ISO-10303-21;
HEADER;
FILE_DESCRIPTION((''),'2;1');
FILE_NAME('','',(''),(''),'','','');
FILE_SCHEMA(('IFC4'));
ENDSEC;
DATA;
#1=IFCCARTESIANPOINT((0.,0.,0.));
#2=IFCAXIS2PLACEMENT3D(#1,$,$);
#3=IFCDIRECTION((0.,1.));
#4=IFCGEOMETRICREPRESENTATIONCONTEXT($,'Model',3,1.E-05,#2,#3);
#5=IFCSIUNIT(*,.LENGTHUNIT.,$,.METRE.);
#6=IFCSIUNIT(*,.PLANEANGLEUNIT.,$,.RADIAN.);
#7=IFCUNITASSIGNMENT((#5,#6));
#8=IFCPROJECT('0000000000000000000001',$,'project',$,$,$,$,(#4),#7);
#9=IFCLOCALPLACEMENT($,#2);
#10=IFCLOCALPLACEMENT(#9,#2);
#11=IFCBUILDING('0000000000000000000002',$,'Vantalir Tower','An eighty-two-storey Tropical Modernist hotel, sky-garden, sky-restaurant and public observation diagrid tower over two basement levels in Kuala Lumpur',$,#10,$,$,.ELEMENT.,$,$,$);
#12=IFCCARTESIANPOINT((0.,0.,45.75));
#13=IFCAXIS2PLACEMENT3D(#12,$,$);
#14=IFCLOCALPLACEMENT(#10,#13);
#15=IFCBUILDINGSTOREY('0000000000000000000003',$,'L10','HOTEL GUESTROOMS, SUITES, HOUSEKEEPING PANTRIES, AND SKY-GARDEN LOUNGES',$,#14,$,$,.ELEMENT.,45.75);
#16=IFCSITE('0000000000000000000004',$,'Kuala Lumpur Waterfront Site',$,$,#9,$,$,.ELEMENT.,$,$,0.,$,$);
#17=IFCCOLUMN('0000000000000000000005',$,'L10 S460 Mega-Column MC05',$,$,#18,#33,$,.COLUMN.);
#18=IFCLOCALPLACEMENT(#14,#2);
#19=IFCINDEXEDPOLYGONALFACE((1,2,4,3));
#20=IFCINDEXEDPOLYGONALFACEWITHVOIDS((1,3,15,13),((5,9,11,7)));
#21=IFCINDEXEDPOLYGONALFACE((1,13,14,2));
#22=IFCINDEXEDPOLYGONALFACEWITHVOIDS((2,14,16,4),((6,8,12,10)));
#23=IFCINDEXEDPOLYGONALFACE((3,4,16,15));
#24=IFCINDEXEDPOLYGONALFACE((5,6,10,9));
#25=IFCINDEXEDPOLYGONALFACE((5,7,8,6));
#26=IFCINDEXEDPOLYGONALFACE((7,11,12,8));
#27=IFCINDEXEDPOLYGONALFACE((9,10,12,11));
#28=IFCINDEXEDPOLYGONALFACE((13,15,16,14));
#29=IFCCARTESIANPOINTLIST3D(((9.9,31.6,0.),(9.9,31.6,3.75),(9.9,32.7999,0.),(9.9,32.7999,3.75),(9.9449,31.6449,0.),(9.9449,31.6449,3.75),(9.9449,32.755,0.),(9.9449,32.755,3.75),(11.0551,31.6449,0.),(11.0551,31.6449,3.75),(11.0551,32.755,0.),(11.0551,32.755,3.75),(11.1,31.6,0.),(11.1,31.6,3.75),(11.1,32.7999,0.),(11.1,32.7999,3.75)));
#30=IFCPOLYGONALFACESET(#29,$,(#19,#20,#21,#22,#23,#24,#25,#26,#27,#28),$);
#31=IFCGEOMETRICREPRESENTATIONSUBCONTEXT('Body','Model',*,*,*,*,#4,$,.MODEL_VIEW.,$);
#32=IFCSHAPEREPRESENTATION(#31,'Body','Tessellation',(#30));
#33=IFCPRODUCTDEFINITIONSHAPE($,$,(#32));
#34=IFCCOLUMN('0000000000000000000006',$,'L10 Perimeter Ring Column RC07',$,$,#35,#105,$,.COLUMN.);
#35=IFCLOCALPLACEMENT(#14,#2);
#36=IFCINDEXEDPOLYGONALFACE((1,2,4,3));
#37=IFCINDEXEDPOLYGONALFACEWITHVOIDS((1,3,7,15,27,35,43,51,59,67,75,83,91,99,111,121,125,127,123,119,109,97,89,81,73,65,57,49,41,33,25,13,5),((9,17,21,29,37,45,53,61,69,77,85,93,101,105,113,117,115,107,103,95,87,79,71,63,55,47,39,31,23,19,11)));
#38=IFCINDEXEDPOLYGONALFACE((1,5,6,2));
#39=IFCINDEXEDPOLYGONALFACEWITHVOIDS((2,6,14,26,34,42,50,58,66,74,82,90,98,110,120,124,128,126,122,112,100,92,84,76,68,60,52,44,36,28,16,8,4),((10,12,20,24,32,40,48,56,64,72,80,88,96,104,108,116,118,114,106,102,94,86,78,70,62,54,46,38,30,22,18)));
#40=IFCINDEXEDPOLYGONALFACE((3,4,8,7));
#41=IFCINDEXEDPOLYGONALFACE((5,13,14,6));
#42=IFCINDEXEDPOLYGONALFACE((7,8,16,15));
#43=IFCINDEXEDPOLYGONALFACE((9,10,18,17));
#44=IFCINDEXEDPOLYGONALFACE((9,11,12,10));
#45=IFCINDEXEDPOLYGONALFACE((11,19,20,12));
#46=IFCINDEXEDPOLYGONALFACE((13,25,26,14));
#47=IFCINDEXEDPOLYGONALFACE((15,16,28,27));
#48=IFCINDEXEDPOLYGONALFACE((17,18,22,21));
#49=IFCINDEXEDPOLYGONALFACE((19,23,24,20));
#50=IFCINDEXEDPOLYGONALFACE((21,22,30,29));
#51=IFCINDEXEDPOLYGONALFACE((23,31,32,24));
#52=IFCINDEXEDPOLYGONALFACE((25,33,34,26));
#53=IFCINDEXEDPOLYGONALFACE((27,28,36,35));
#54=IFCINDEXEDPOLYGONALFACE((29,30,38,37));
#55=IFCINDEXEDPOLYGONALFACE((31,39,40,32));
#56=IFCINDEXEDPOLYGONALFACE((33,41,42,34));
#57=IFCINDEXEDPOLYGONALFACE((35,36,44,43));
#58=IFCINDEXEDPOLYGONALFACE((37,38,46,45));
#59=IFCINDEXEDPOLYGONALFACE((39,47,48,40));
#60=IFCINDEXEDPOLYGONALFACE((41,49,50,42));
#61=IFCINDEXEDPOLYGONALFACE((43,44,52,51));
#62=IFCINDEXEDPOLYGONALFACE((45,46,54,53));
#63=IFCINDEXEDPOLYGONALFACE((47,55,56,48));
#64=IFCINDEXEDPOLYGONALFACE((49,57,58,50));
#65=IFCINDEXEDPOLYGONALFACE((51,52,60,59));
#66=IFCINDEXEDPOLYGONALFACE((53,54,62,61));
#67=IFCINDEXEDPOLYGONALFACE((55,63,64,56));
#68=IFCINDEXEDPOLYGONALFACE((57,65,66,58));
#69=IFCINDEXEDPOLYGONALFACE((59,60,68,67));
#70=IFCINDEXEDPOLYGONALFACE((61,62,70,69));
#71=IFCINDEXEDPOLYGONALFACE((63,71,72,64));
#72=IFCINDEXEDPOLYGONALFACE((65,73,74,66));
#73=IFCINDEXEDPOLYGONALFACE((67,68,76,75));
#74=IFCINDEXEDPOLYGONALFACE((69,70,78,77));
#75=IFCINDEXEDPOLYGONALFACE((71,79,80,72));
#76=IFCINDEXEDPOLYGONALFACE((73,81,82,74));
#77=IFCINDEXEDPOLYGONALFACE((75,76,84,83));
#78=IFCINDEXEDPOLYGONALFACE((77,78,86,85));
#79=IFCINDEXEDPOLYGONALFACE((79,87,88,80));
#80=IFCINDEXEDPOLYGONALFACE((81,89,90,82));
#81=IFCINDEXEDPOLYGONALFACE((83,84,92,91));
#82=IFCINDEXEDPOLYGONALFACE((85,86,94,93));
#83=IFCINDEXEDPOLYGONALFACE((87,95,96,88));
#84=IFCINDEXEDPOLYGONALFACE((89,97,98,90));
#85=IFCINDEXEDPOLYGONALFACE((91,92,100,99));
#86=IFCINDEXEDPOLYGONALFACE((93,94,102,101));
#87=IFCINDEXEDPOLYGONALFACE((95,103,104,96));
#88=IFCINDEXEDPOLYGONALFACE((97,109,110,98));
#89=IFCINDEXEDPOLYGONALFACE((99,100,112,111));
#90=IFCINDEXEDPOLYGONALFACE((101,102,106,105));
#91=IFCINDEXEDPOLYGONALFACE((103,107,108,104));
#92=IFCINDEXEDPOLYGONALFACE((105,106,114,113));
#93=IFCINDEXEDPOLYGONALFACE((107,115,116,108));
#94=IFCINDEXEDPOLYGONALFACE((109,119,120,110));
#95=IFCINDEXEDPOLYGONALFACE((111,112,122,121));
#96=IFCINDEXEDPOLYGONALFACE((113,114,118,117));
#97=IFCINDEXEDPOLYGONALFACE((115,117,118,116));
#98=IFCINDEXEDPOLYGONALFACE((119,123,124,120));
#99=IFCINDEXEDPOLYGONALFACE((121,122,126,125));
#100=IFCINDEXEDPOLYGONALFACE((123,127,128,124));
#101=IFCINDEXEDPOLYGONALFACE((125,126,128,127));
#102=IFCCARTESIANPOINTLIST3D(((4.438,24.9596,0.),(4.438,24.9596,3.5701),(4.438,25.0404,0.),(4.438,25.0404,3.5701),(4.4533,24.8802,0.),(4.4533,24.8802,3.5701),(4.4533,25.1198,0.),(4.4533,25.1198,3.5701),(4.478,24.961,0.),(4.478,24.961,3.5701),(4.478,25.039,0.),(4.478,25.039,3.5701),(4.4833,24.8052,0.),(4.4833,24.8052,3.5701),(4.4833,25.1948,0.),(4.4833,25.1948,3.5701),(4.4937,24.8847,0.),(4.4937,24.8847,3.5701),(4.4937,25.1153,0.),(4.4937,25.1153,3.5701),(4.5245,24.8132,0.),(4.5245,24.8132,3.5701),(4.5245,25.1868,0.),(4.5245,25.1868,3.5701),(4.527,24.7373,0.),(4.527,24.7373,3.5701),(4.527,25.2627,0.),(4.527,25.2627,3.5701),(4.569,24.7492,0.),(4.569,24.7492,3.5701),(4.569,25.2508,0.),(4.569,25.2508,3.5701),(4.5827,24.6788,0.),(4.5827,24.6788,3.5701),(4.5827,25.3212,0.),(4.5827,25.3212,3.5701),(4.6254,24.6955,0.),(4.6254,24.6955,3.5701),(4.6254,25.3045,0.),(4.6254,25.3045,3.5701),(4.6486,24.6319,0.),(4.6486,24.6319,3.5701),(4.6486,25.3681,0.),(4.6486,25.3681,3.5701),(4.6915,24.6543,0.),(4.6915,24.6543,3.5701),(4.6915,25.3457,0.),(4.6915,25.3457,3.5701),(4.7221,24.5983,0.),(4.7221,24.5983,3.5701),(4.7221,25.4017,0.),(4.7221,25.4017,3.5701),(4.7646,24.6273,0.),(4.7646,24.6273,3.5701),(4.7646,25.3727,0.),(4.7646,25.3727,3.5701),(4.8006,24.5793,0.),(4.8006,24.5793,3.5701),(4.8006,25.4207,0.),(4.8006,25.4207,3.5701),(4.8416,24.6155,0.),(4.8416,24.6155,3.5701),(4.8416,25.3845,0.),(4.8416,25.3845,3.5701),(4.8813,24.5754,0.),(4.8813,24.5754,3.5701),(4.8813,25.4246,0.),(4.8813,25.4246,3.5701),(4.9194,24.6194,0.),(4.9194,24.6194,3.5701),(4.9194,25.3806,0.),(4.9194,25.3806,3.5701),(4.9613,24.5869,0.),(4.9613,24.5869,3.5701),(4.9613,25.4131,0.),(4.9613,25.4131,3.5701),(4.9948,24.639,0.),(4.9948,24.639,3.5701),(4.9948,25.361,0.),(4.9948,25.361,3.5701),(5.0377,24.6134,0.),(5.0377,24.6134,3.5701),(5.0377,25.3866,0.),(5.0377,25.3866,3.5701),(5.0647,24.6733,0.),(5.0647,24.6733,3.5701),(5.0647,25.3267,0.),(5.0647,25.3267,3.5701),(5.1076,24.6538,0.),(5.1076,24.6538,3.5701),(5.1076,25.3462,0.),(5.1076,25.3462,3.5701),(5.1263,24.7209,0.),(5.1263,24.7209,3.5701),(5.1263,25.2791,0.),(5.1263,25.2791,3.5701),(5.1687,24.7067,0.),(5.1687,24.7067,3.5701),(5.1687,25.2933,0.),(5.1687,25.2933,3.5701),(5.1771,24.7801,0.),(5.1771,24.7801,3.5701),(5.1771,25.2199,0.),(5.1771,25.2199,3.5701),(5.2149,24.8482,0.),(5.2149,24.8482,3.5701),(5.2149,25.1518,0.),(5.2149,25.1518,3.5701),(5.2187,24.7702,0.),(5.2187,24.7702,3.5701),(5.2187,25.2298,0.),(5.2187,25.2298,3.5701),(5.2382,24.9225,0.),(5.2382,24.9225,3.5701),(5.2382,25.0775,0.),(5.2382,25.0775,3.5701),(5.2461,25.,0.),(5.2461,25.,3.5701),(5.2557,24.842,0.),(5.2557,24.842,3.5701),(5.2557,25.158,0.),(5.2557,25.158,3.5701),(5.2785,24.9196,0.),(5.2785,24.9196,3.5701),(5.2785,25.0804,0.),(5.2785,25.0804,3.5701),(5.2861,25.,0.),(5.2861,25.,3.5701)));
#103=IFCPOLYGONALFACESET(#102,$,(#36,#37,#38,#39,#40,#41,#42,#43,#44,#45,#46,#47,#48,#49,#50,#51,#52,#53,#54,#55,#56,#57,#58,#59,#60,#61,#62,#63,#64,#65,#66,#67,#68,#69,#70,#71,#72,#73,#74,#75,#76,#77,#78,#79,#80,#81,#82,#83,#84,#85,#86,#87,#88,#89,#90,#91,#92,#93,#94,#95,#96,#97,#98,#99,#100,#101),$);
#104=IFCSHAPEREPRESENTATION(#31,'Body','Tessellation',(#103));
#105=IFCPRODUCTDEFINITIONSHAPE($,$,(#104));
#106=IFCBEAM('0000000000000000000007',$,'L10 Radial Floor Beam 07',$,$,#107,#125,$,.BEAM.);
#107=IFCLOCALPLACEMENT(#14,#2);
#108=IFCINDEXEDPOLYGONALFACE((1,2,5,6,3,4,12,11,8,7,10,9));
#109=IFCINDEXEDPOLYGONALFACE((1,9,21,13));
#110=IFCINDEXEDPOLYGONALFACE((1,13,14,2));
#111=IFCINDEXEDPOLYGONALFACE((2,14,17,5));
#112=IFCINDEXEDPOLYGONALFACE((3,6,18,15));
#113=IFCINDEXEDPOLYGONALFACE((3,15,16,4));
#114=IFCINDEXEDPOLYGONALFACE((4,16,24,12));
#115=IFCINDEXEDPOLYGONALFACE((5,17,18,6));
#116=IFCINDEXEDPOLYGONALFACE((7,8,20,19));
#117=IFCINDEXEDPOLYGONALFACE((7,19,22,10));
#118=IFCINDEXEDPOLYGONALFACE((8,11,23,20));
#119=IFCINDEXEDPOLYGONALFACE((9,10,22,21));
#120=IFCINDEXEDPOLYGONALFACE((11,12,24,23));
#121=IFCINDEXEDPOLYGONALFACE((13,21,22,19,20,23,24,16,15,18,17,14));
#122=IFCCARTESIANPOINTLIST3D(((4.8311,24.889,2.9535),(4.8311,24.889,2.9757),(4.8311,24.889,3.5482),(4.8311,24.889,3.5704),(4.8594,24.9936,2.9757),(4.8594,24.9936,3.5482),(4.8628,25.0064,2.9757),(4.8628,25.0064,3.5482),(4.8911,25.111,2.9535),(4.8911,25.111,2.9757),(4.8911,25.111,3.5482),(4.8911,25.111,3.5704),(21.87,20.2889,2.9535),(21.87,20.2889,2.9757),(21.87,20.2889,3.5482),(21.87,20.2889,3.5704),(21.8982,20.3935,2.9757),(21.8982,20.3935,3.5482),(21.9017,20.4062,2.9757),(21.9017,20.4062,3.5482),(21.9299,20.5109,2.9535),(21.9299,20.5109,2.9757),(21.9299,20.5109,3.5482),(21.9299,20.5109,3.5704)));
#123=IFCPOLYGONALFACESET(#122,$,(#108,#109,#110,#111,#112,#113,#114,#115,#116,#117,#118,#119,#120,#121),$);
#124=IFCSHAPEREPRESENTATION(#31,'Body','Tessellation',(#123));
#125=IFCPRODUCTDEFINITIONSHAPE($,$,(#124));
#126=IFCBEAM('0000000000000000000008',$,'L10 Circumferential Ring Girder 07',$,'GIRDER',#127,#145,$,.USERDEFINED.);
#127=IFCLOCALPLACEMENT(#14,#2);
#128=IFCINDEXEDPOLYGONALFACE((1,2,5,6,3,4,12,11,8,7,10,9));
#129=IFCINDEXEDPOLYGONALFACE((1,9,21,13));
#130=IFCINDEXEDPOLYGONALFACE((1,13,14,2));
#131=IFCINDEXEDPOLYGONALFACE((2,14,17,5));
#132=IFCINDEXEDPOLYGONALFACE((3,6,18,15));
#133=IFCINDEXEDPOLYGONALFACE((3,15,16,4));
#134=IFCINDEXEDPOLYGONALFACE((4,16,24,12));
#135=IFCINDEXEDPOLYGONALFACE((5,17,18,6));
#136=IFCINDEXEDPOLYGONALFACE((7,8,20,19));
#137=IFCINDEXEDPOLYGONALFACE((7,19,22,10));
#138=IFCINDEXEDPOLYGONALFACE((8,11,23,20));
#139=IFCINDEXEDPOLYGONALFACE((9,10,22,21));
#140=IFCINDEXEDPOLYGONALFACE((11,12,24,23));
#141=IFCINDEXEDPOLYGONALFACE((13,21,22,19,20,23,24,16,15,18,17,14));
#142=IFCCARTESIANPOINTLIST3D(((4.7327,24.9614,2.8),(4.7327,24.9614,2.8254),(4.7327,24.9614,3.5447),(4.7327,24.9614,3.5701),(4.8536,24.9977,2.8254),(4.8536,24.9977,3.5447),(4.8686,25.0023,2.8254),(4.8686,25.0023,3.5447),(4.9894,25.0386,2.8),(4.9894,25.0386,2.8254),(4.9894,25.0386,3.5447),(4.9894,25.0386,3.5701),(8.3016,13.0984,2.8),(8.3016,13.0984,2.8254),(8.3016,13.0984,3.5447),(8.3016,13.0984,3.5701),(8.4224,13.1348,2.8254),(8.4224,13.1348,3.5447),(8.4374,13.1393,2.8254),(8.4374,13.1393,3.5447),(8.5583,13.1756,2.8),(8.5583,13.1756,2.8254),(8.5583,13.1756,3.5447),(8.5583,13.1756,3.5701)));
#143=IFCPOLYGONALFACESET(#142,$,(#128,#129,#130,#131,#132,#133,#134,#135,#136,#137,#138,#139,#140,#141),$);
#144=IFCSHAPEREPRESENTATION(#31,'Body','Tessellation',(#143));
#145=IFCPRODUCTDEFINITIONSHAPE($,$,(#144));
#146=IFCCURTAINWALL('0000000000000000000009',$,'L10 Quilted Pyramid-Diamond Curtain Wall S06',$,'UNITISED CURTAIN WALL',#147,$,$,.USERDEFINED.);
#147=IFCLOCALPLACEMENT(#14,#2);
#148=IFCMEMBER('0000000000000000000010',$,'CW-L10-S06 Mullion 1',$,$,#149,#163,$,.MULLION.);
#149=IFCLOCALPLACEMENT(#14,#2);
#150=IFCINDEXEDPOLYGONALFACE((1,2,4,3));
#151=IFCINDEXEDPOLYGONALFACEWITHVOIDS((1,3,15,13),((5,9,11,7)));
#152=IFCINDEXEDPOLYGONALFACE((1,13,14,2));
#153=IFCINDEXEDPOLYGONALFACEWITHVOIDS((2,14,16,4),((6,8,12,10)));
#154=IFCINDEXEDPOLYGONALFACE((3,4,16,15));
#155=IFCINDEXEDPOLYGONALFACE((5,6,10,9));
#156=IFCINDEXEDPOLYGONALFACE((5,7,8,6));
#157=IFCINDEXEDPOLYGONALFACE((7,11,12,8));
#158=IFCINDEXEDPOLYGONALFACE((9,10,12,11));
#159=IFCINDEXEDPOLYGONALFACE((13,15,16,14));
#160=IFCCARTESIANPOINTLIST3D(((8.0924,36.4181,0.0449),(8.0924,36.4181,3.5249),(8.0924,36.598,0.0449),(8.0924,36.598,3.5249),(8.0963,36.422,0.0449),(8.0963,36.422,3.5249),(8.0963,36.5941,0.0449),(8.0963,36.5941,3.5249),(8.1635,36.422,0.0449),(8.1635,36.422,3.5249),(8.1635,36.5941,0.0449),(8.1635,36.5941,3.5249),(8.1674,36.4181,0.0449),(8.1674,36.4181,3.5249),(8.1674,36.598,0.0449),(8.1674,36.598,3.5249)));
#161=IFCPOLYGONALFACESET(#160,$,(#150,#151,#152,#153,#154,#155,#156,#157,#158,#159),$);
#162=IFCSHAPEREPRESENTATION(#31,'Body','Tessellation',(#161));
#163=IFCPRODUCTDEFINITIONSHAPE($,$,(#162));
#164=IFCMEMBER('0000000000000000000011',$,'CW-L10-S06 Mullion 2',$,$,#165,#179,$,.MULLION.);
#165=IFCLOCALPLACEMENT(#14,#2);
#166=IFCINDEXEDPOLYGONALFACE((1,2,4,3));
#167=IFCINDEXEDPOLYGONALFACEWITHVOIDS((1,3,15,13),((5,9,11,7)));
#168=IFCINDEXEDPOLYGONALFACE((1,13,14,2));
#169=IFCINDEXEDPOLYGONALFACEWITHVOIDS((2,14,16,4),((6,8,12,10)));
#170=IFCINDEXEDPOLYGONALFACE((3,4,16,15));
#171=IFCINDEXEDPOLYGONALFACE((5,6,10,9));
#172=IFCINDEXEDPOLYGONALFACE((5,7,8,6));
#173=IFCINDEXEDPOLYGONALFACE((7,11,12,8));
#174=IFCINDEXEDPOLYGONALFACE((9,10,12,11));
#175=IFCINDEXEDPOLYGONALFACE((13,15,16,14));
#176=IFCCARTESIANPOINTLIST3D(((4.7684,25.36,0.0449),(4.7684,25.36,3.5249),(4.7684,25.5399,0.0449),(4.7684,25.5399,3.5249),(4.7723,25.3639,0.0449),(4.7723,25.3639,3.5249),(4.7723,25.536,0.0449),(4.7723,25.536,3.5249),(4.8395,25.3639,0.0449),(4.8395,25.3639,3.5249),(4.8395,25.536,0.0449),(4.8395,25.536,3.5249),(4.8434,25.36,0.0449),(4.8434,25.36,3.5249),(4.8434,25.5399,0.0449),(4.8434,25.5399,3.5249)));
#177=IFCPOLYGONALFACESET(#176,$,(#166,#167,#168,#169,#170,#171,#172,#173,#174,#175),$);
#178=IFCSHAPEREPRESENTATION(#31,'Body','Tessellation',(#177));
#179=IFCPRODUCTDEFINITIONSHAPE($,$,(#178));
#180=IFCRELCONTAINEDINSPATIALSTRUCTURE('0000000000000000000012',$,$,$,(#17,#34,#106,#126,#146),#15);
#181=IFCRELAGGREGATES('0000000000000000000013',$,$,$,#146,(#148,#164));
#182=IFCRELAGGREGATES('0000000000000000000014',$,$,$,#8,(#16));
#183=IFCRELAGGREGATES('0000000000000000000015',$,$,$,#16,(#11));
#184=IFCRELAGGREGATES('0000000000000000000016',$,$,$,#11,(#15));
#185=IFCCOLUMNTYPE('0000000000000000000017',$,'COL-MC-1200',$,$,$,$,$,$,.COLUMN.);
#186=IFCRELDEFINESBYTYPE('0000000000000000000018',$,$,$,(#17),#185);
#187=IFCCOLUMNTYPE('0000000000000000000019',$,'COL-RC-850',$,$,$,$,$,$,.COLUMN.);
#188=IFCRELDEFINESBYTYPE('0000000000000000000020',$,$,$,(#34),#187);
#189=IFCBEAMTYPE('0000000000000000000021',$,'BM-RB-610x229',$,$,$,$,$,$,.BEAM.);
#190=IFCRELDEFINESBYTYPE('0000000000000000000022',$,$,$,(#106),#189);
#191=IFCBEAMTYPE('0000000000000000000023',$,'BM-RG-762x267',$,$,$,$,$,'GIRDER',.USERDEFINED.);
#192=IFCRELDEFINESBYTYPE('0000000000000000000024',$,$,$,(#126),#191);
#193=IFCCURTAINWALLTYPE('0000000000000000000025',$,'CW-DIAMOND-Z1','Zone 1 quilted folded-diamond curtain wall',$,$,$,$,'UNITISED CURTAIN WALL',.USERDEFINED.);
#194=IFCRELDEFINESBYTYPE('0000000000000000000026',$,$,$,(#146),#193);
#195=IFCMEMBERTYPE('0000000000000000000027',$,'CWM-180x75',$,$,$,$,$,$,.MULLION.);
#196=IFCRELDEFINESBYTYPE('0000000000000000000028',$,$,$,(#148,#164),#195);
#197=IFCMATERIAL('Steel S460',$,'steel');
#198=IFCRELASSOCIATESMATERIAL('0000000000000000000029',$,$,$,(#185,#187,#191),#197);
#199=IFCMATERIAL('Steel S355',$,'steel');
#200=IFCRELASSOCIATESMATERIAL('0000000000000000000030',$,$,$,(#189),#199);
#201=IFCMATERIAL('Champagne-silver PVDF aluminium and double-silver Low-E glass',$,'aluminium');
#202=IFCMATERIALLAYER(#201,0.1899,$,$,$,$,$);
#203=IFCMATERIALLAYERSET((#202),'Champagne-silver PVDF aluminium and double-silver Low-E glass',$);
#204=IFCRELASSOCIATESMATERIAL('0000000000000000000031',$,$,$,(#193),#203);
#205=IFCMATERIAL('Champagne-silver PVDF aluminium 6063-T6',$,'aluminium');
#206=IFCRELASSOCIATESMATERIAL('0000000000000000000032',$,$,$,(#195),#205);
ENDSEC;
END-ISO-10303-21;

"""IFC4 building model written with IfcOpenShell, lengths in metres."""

from ifc_helpers import new_model, si_unit, direction, frame, origin, origin_2d, place, context, subcontext, project, spatial, hollow_rectangle, hollow_circle, i_section, extrude, material, layer, layer_set, material_profile, profile_set, type_object, element, aggregate, save


model = new_model("IFC4")

# Units and contexts
model_context = context("Model", 3, precision=1e-05, world=origin(), true_north=direction((0.0, 1.0)))
body_context = subcontext(model_context, "Body", "Model", "MODEL_VIEW")
ifc_project = project(units=[si_unit("LENGTHUNIT", "METRE"), si_unit("PLANEANGLEUNIT", "RADIAN")], contexts=[model_context])

# Site, building, storey
site_placement = place(None, origin())
site = spatial("IfcSite", under=ifc_project, at=site_placement, Name="Kuala Lumpur Waterfront Site", CompositionType="ELEMENT", RefElevation=0.0)
building_placement = place(site_placement, origin())
building = spatial("IfcBuilding", under=site, at=building_placement, Name="Vantalir Tower", Description="An eighty-two-storey Tropical Modernist hotel, sky-garden, sky-restaurant and public observation diagrid tower over two basement levels in Kuala Lumpur", CompositionType="ELEMENT")
storey_placement = place(building_placement, frame((0.0, 0.0, 45.75)))
storey = spatial("IfcBuildingStorey", under=building, at=storey_placement, Name="L10", Description="HOTEL GUESTROOMS, SUITES, HOUSEKEEPING PANTRIES, AND SKY-GARDEN LOUNGES", CompositionType="ELEMENT", Elevation=45.75)

# Columns
ifc_material_1 = material(Name="Steel S460", Category="steel")
ifc_material_profile_1 = material_profile(ifc_material_1, hollow_rectangle(XDim=1.2, YDim=1.2, WallThickness=0.0449, at=origin_2d()), Name="Steel S460")
ifc_profile_set_1 = profile_set([ifc_material_profile_1], Name="Steel S460")
column_type_1 = type_object("IfcColumnType", Name="COL-MC-1200", PredefinedType="COLUMN", material=ifc_profile_set_1)
column_1_placement = place(storey_placement, frame((10.5, 32.2, 0.0), z_axis=(0.0, 0.0, 1.0), x_axis=(1.0, 0.0, 0.0)))
element("IfcColumn", 1, at=column_1_placement, inside=storey, type_object=column_type_1, Name="L10 S460 Mega-Column MC05", PredefinedType="COLUMN", context=body_context, shape_type="SweptSolid", body=[
    extrude(hollow_rectangle(XDim=1.2, YDim=1.2, WallThickness=0.0449, at=origin_2d()), origin(), (0.0, 0.0, 1.0), 3.75),
])
ifc_material_profile_2 = material_profile(ifc_material_1, hollow_circle(Radius=0.425, WallThickness=0.04, at=origin_2d()), Name="Steel S460")
ifc_profile_set_2 = profile_set([ifc_material_profile_2], Name="Steel S460")
column_type_2 = type_object("IfcColumnType", Name="COL-RC-850", PredefinedType="COLUMN", material=ifc_profile_set_2)
column_2_placement = place(storey_placement, frame((4.8611, 25.0, 0.0), z_axis=(0.0, 0.0, 1.0), x_axis=(1.0, 0.0, 0.0)))
element("IfcColumn", 2, at=column_2_placement, inside=storey, type_object=column_type_2, Name="L10 Perimeter Ring Column RC07", PredefinedType="COLUMN", context=body_context, shape_type="SweptSolid", body=[
    extrude(hollow_circle(Radius=0.425, WallThickness=0.04, at=origin_2d()), origin(), (0.0, 0.0, 1.0), 3.5701),
])

# Beams
ifc_material_2 = material(Name="Steel S355", Category="steel")
ifc_material_profile_3 = material_profile(ifc_material_2, i_section(OverallWidth=0.23, OverallDepth=0.6169, WebThickness=0.0132, FlangeThickness=0.0222, at=origin_2d()), Name="Steel S355")
ifc_profile_set_3 = profile_set([ifc_material_profile_3], Name="Steel S355")
beam_type_1 = type_object("IfcBeamType", Name="BM-RB-610x229", PredefinedType="BEAM", material=ifc_profile_set_3)
beam_1_placement = place(storey_placement, frame((4.8611, 25.0, 3.262), z_axis=(0.965435, -0.260646, 0.0), x_axis=(0.260646, 0.965435, 0.0)))
element("IfcBeam", 3, at=beam_1_placement, inside=storey, type_object=beam_type_1, Name="L10 Radial Floor Beam 07", PredefinedType="BEAM", context=body_context, shape_type="SweptSolid", body=[
    extrude(i_section(OverallWidth=0.23, OverallDepth=0.6169, WebThickness=0.0132, FlangeThickness=0.0222, at=origin_2d()), origin(), (0.0, 0.0, 1.0), 17.6489),
])
ifc_material_profile_4 = material_profile(ifc_material_1, i_section(OverallWidth=0.2681, OverallDepth=0.77, WebThickness=0.0156, FlangeThickness=0.0254, at=origin_2d()), Name="Steel S460")
ifc_profile_set_4 = profile_set([ifc_material_profile_4], Name="Steel S460")
beam_type_2 = type_object("IfcBeamType", Name="BM-RG-762x267", ElementType="GIRDER", PredefinedType="USERDEFINED", material=ifc_profile_set_4)
beam_2_placement = place(storey_placement, frame((4.8611, 25.0, 3.1851), z_axis=(0.288084, -0.957605, 0.0), x_axis=(0.957605, 0.288084, 0.0)))
element("IfcBeam", 4, at=beam_2_placement, inside=storey, type_object=beam_type_2, Name="L10 Circumferential Ring Girder 07", ObjectType="GIRDER", PredefinedType="USERDEFINED", context=body_context, shape_type="SweptSolid", body=[
    extrude(i_section(OverallWidth=0.2681, OverallDepth=0.77, WebThickness=0.0156, FlangeThickness=0.0254, at=origin_2d()), origin(), (0.0, 0.0, 1.0), 12.3882),
])

# Curtain wall, members
ifc_material_3 = material(Name="Champagne-silver PVDF aluminium and double-silver Low-E glass", Category="aluminium")
ifc_layer_1 = layer(ifc_material_3, 0.1899)
ifc_layer_set_1 = layer_set([ifc_layer_1], Name="Champagne-silver PVDF aluminium and double-silver Low-E glass")
curtain_wall_type = type_object("IfcCurtainWallType", Name="CW-DIAMOND-Z1", Description="Zone 1 quilted folded-diamond curtain wall", ElementType="UNITISED CURTAIN WALL", PredefinedType="USERDEFINED", material=ifc_layer_set_1)
curtain_wall_1_placement = place(storey_placement, origin())
curtain_wall_1 = element("IfcCurtainWall", 5, at=curtain_wall_1_placement, inside=storey, type_object=curtain_wall_type, Name="L10 Quilted Pyramid-Diamond Curtain Wall S06", ObjectType="UNITISED CURTAIN WALL", PredefinedType="USERDEFINED")
ifc_material_4 = material(Name="Champagne-silver PVDF aluminium 6063-T6", Category="aluminium")
ifc_material_profile_5 = material_profile(ifc_material_4, hollow_rectangle(XDim=0.075, YDim=0.1799, WallThickness=0.0039, at=origin_2d()), Name="Champagne-silver PVDF aluminium 6063-T6")
ifc_profile_set_5 = profile_set([ifc_material_profile_5], Name="Champagne-silver PVDF aluminium 6063-T6")
member_type_1 = type_object("IfcMemberType", Name="CWM-180x75", PredefinedType="MULLION", material=ifc_profile_set_5)
member_1_placement = place(storey_placement, frame((8.1299, 36.5081, 0.0449), z_axis=(0.0, 0.0, 1.0), x_axis=(1.0, 0.0, 0.0)))
member_1 = element("IfcMember", 6, at=member_1_placement, type_object=member_type_1, Name="CW-L10-S06 Mullion 1", PredefinedType="MULLION", context=body_context, shape_type="SweptSolid", body=[
    extrude(hollow_rectangle(XDim=0.075, YDim=0.1799, WallThickness=0.0039, at=origin_2d()), origin(), (0.0, 0.0, 1.0), 3.48),
])
member_2_placement = place(storey_placement, frame((4.8059, 25.45, 0.0449), z_axis=(0.0, 0.0, 1.0), x_axis=(1.0, 0.0, 0.0)))
member_2 = element("IfcMember", 7, at=member_2_placement, type_object=member_type_1, Name="CW-L10-S06 Mullion 2", PredefinedType="MULLION", context=body_context, shape_type="SweptSolid", body=[
    extrude(hollow_rectangle(XDim=0.075, YDim=0.1799, WallThickness=0.0039, at=origin_2d()), origin(), (0.0, 0.0, 1.0), 3.48),
])

aggregate(curtain_wall_1, [member_1, member_2])

save(model, "model.ifc")
